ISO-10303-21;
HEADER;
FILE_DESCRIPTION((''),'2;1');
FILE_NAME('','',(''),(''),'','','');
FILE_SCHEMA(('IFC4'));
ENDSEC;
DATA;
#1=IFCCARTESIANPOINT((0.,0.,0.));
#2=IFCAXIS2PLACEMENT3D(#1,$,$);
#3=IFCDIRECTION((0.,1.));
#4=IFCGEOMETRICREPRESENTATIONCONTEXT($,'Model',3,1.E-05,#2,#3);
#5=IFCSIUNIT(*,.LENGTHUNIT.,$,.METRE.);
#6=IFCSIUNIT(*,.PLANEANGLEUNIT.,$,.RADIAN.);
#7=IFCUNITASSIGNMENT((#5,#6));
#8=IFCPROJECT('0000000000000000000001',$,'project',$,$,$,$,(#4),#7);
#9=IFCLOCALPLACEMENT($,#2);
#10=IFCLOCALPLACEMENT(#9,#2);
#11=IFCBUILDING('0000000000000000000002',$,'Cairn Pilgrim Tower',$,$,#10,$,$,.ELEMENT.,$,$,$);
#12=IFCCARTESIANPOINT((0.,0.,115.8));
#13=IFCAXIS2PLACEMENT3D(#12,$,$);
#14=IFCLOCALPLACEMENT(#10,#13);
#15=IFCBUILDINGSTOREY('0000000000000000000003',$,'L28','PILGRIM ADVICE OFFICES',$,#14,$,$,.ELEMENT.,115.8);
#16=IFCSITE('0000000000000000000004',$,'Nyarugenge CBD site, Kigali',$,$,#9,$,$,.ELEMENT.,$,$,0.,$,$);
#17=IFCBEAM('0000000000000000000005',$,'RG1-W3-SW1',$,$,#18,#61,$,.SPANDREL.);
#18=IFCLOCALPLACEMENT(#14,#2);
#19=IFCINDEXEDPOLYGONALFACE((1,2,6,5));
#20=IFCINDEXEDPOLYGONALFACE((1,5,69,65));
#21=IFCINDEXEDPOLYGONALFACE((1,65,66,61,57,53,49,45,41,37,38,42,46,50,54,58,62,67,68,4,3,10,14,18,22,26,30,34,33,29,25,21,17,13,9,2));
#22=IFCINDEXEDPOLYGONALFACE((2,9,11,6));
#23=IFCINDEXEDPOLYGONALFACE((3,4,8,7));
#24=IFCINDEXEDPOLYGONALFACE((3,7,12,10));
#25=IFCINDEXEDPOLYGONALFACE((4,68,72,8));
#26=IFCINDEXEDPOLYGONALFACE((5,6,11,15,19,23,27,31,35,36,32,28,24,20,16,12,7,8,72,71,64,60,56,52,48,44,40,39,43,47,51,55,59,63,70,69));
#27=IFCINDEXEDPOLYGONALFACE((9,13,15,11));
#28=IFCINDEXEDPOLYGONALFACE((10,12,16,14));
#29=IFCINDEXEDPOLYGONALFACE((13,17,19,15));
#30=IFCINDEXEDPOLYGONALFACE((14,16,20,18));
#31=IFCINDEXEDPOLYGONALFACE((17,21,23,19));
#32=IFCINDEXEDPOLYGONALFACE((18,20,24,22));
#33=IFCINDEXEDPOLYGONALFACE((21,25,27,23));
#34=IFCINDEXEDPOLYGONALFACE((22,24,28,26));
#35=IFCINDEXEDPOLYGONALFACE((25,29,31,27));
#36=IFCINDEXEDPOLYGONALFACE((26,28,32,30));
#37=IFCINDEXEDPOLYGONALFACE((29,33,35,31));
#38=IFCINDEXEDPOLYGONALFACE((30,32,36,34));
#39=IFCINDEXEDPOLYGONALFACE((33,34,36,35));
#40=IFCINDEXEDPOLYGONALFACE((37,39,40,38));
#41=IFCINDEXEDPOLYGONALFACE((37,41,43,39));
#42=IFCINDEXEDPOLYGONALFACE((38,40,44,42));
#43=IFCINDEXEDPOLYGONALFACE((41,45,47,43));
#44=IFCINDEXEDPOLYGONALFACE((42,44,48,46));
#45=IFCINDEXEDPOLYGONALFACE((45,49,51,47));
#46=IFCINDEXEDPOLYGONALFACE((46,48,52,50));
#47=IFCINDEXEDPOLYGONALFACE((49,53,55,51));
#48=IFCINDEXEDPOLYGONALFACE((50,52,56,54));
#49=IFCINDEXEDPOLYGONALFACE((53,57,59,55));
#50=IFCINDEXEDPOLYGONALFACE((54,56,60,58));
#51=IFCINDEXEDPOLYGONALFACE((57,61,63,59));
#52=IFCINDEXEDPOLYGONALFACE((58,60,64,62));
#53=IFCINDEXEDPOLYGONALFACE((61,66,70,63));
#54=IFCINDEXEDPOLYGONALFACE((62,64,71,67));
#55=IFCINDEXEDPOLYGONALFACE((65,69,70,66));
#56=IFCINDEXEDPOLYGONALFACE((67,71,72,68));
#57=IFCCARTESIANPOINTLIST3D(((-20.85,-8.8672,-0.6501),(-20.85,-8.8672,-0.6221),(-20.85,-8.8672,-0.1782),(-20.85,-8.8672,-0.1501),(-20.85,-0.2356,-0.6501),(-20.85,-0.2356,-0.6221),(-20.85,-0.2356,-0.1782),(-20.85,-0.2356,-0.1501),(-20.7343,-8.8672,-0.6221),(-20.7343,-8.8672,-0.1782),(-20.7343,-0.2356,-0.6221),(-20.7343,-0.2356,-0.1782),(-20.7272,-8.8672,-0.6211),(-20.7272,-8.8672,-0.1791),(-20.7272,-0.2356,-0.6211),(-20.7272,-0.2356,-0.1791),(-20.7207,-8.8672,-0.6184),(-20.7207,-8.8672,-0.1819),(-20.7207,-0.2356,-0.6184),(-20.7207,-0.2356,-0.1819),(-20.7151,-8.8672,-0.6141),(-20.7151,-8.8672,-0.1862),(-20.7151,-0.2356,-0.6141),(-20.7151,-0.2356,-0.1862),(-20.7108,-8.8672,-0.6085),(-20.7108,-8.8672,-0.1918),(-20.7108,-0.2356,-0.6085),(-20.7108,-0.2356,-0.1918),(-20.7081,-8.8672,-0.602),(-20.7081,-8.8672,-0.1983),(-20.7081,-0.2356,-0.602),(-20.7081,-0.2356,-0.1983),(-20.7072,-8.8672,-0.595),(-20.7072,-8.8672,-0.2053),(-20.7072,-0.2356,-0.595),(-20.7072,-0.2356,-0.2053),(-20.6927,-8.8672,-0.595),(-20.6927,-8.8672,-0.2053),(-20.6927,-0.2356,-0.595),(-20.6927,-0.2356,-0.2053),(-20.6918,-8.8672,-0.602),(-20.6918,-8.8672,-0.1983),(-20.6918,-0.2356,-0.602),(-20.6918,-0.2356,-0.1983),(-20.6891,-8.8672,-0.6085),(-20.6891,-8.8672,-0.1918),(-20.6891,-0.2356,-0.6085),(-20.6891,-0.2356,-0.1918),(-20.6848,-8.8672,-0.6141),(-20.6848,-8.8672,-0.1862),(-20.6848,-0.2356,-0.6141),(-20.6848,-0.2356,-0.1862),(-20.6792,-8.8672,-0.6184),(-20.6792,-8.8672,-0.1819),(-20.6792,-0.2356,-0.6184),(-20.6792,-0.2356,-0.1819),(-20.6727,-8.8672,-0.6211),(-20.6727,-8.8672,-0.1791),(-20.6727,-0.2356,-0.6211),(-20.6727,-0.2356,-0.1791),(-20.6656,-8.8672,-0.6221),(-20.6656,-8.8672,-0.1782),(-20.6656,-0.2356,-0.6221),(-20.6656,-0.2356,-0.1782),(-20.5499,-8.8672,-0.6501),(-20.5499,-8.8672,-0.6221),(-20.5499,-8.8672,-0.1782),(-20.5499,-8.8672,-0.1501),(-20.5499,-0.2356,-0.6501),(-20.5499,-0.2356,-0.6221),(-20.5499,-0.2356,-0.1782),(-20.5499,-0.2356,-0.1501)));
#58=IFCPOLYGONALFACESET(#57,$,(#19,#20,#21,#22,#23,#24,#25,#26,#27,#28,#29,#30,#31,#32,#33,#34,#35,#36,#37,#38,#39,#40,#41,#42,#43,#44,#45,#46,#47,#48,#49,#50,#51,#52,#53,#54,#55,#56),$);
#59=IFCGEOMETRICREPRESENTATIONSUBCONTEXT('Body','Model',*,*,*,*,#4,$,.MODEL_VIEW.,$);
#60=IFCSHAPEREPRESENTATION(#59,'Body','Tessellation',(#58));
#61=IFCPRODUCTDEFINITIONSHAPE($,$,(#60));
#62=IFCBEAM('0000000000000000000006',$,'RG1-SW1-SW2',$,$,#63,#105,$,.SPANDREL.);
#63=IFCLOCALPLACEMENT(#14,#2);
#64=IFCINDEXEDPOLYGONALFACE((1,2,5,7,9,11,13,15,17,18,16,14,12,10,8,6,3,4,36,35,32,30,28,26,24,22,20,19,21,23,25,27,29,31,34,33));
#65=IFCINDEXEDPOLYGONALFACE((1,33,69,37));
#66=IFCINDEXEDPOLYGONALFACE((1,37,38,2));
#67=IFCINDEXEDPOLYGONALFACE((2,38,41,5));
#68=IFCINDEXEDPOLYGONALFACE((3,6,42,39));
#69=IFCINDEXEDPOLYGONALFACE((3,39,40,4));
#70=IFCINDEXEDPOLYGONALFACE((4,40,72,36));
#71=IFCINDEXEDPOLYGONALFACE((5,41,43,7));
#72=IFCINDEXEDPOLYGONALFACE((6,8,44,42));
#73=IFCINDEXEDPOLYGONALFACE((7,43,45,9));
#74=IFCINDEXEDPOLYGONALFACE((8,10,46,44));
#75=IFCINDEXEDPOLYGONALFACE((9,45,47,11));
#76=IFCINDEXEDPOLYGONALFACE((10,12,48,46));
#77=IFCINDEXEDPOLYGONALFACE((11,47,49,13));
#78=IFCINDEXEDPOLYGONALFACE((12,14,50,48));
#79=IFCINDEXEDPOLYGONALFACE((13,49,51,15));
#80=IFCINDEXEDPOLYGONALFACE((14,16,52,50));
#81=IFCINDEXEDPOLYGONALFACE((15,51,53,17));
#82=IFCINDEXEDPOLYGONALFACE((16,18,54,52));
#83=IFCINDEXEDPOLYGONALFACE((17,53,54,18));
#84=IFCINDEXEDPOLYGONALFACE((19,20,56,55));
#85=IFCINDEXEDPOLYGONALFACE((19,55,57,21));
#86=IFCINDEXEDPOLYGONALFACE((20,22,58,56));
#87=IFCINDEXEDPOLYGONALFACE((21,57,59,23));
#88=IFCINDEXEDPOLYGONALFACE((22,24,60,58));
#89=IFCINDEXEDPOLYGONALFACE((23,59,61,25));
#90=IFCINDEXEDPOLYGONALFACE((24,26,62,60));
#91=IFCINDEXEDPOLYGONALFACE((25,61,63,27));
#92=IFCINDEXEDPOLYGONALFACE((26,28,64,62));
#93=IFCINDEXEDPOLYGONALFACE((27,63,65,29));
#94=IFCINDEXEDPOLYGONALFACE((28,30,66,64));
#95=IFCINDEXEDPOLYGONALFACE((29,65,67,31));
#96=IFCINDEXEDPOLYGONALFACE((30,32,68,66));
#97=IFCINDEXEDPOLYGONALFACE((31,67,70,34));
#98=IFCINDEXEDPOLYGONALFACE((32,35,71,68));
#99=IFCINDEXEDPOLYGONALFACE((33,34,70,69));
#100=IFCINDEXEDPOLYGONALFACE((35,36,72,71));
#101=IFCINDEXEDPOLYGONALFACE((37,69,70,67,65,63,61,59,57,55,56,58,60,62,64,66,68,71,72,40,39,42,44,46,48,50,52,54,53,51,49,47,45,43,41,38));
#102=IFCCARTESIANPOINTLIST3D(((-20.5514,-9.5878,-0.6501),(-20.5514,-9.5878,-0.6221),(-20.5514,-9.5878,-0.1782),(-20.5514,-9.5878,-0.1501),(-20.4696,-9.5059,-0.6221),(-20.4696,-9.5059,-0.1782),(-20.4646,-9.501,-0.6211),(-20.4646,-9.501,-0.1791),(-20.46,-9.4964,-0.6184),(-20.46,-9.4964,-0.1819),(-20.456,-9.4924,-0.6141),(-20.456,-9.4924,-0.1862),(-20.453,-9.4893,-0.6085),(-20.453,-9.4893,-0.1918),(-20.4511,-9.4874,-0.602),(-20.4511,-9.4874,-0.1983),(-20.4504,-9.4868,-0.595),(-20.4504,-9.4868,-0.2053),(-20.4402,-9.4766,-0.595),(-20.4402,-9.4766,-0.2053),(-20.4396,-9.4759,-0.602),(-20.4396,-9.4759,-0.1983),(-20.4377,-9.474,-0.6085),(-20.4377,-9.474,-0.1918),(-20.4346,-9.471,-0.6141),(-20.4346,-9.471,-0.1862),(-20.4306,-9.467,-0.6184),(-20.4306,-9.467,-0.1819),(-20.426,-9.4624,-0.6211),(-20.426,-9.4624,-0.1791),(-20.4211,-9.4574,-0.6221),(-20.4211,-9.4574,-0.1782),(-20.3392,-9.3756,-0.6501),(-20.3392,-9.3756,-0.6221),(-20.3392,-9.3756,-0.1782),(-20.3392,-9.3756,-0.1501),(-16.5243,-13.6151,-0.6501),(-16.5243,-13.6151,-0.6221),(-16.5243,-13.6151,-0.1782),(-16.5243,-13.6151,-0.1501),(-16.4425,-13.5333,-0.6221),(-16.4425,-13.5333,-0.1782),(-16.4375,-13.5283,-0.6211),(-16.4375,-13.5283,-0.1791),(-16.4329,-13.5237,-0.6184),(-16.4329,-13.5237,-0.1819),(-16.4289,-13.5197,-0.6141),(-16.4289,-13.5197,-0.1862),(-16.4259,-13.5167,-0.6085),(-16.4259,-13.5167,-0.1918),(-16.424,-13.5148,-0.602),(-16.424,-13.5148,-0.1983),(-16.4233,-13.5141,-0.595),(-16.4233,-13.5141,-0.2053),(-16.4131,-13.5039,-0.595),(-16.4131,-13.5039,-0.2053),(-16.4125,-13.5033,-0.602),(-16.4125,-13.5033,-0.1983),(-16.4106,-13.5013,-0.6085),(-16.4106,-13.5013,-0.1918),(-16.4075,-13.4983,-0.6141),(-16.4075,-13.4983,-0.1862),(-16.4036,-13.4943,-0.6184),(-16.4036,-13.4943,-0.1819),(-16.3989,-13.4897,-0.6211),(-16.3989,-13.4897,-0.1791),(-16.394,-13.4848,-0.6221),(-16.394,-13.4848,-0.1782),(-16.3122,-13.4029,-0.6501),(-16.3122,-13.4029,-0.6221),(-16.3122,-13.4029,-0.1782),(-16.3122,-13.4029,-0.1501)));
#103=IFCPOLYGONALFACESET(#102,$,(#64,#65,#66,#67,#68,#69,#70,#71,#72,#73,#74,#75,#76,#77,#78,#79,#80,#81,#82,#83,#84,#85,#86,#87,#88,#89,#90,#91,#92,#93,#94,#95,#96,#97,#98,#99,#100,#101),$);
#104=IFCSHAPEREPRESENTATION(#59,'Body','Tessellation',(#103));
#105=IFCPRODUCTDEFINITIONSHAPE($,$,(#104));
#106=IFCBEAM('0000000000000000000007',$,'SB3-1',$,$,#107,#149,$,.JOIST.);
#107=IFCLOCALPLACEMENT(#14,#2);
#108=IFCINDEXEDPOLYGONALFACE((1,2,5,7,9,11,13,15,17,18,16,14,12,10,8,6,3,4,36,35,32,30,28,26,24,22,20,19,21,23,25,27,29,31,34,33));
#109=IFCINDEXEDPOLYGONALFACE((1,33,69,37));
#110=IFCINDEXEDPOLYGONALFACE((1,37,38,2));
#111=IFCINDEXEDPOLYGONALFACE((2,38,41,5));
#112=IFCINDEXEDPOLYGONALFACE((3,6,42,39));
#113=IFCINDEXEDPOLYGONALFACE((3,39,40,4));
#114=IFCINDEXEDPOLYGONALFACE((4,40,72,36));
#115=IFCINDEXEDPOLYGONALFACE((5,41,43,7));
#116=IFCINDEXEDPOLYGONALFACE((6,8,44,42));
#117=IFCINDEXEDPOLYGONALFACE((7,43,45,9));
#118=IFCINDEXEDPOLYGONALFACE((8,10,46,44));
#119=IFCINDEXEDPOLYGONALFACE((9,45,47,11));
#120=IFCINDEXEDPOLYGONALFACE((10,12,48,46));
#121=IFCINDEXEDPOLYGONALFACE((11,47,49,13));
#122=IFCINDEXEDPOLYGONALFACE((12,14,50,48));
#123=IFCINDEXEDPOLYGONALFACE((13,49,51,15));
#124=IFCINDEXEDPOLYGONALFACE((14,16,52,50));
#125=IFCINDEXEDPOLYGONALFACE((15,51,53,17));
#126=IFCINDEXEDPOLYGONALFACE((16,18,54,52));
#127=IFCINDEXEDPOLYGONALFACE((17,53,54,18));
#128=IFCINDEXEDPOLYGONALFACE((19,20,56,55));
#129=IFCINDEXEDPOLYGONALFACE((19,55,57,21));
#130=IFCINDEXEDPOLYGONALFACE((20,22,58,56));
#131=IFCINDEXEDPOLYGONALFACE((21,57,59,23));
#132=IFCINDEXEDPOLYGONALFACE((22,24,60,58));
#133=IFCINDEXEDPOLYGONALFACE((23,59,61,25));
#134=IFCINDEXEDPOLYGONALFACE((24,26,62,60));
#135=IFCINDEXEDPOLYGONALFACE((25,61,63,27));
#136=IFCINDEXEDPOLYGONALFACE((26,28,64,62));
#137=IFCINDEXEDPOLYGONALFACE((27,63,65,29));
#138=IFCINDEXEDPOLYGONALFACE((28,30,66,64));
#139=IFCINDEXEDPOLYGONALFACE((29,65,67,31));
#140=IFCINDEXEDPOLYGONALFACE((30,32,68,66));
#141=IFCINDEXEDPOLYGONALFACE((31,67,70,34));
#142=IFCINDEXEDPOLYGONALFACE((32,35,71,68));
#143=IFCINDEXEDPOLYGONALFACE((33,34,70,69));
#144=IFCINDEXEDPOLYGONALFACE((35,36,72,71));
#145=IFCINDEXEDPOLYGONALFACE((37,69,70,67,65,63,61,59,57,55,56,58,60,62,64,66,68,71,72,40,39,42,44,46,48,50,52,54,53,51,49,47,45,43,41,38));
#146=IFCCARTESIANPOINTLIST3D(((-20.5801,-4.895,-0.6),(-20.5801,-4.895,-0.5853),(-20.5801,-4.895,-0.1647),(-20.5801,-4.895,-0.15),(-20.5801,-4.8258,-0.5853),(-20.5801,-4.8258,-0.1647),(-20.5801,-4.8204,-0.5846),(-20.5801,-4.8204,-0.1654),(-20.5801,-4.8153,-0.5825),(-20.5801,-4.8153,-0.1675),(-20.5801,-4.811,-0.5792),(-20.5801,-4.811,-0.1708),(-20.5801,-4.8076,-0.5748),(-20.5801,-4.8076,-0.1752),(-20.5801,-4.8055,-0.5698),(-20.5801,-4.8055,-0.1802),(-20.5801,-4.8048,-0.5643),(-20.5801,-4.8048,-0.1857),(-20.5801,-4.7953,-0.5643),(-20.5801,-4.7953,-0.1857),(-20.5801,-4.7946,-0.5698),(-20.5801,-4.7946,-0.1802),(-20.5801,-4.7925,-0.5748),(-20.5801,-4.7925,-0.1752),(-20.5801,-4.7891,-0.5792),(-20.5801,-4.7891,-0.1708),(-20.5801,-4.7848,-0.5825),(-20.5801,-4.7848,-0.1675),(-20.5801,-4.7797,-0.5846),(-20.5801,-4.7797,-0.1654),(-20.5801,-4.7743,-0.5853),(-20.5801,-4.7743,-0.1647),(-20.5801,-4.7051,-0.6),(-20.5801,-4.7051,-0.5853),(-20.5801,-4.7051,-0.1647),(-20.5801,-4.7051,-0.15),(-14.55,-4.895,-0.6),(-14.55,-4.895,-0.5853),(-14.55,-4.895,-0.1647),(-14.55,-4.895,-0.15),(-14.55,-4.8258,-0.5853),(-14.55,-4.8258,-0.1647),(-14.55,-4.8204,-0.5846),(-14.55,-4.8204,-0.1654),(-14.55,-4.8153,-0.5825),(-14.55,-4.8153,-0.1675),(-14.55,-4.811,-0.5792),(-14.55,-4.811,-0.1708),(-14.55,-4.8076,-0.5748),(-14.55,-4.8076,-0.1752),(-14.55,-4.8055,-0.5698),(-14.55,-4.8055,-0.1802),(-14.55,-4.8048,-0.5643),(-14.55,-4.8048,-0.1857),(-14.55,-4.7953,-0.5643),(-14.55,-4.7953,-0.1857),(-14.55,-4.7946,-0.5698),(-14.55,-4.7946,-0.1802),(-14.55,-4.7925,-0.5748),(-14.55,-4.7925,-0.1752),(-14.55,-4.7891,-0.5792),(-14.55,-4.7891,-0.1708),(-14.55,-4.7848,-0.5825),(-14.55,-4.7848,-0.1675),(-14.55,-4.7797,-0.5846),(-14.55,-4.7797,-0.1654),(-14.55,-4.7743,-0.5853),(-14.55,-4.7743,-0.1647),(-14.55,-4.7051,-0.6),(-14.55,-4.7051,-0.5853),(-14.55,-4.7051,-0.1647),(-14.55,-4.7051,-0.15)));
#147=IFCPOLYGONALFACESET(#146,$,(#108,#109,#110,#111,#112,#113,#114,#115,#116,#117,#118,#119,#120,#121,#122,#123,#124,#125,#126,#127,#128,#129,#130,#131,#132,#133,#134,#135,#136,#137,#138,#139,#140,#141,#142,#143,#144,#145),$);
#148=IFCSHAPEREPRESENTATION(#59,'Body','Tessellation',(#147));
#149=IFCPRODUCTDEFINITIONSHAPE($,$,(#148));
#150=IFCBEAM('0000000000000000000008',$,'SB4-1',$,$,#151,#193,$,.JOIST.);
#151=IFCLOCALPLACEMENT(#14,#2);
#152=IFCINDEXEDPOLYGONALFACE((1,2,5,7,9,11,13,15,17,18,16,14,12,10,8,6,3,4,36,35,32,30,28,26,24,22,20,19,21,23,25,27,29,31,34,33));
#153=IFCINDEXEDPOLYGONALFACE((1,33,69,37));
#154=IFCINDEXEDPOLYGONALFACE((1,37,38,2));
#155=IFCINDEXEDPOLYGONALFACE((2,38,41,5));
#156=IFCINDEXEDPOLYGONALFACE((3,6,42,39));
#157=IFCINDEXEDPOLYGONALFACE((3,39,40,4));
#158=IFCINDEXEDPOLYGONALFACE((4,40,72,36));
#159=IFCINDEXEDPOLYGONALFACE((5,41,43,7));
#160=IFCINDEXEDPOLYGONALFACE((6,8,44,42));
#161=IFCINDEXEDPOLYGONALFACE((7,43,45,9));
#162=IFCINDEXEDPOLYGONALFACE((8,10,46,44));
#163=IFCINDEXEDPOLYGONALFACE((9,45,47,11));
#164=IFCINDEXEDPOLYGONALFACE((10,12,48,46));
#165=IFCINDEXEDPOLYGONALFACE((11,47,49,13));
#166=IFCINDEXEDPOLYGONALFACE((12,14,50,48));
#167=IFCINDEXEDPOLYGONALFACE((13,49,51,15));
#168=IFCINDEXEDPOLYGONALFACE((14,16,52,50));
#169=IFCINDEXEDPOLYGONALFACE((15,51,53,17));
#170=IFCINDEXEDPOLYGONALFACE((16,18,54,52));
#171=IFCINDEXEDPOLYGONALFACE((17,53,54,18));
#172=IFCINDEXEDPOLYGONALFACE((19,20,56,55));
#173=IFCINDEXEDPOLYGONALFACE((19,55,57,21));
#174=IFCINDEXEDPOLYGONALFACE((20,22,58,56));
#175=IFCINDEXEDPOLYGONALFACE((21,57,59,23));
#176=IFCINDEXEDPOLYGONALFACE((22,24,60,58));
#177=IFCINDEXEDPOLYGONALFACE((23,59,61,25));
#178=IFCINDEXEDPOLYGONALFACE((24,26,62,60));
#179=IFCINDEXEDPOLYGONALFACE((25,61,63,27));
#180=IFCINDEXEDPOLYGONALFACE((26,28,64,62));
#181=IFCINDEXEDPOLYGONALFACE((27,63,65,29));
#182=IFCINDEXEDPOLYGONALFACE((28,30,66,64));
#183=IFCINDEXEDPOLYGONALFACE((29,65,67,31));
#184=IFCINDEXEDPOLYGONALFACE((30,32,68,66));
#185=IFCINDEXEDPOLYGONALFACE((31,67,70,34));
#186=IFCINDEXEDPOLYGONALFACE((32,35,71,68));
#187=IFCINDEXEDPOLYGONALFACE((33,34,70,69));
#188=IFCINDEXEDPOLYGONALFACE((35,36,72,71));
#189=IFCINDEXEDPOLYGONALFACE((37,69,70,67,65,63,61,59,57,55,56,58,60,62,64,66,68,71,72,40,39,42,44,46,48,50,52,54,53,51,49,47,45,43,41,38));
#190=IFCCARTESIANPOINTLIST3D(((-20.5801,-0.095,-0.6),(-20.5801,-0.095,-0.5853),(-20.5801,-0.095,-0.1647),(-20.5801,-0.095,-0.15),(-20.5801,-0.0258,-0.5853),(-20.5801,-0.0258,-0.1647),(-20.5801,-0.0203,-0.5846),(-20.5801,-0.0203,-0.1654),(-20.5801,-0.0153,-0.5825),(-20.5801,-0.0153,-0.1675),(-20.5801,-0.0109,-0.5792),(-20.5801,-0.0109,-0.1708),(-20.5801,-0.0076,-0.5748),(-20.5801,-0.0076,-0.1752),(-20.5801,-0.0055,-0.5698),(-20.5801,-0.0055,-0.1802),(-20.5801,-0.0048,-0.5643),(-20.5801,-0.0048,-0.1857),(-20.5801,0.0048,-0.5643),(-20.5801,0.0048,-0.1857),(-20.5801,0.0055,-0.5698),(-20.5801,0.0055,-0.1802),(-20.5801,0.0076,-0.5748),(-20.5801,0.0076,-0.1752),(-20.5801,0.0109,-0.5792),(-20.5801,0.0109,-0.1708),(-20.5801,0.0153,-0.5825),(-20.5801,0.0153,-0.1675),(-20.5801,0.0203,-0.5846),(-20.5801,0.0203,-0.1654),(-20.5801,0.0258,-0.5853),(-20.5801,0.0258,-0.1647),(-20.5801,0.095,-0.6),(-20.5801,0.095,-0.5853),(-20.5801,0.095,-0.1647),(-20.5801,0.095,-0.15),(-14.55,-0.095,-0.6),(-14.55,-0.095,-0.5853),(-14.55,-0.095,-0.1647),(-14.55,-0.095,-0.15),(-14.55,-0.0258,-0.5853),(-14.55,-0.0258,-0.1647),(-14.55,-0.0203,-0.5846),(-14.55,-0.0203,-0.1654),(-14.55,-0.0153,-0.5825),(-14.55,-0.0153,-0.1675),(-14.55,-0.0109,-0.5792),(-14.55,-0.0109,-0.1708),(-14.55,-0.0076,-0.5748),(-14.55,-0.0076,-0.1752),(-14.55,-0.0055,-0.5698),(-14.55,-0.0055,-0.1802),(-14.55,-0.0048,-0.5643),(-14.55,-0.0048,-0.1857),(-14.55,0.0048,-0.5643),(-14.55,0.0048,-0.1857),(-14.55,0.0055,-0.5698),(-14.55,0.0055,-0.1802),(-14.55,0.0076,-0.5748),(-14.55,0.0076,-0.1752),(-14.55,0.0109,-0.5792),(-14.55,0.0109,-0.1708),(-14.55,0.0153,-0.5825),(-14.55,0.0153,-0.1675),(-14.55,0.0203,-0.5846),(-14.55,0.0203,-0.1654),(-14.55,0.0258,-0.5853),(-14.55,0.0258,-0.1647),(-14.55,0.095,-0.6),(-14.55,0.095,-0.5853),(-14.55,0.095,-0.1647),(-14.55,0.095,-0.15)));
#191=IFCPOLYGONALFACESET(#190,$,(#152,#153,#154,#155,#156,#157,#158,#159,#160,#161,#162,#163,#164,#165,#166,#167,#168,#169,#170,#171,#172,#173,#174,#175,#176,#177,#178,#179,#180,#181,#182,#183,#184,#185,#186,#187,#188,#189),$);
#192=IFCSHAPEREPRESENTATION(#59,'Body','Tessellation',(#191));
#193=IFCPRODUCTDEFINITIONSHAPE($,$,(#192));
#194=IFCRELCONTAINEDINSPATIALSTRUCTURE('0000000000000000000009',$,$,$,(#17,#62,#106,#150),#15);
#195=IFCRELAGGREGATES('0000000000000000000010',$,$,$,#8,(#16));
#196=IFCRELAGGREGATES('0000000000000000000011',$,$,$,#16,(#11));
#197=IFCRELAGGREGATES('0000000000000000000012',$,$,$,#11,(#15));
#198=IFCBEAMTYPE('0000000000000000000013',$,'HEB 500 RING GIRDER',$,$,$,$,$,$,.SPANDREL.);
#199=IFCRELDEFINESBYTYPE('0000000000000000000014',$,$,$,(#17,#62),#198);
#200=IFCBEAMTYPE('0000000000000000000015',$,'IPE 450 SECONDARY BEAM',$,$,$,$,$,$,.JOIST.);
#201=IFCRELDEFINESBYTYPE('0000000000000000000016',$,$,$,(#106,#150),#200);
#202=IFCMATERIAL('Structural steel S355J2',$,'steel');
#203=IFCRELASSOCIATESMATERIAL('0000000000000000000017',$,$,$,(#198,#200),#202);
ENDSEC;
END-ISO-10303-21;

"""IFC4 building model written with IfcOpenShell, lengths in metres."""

from ifc_helpers import new_model, si_unit, direction, frame, origin, origin_2d, place, context, subcontext, project, spatial, i_section, extrude, material, material_profile, profile_set, type_object, element, save


model = new_model("IFC4")

# Units and contexts
model_context = context("Model", 3, precision=1e-05, world=origin(), true_north=direction((0.0, 1.0)))
body_context = subcontext(model_context, "Body", "Model", "MODEL_VIEW")
ifc_project = project(units=[si_unit("LENGTHUNIT", "METRE"), si_unit("PLANEANGLEUNIT", "RADIAN")], contexts=[model_context])

# Site, building, storey
site_placement = place(None, origin())
site = spatial("IfcSite", under=ifc_project, at=site_placement, Name="Nyarugenge CBD site, Kigali", CompositionType="ELEMENT", RefElevation=0.0)
building_placement = place(site_placement, origin())
building = spatial("IfcBuilding", under=site, at=building_placement, Name="Cairn Pilgrim Tower", CompositionType="ELEMENT")
storey_placement = place(building_placement, frame((0.0, 0.0, 115.8)))
storey = spatial("IfcBuildingStorey", under=building, at=storey_placement, Name="L28", Description="PILGRIM ADVICE OFFICES", CompositionType="ELEMENT", Elevation=115.8)

# Shared definitions
ifc_material_1 = material(Name="Structural steel S355J2", Category="steel")

# Beams
ifc_material_profile_1 = material_profile(ifc_material_1, i_section(OverallWidth=0.3, OverallDepth=0.5, WebThickness=0.0144, FlangeThickness=0.0281, FilletRadius=0.0271, at=origin_2d()), Name="HEB 500")
ifc_profile_set_1 = profile_set([ifc_material_profile_1], Name="Structural steel S355J2")
beam_type_1 = type_object("IfcBeamType", Name="HEB 500 RING GIRDER", PredefinedType="SPANDREL", material=ifc_profile_set_1)
beam_1_placement = place(storey_placement, frame((-20.7, -0.2356, -0.4001), z_axis=(0.0, -1.0, 0.0), x_axis=(1.0, 0.0, 0.0)))
element("IfcBeam", 1, at=beam_1_placement, inside=storey, type_object=beam_type_1, Name="RG1-W3-SW1", PredefinedType="SPANDREL", context=body_context, shape_type="SweptSolid", body=[
    extrude(i_section(OverallWidth=0.3, OverallDepth=0.5, WebThickness=0.0144, FlangeThickness=0.0281, FilletRadius=0.0271, at=origin_2d()), origin(), (0.0, 0.0, 1.0), 8.6316),
])
beam_2_placement = place(storey_placement, frame((-20.4453, -9.4817, -0.4001), z_axis=(0.707085, -0.707128, 0.0), x_axis=(0.707128, 0.707085, 0.0)))
element("IfcBeam", 2, at=beam_2_placement, inside=storey, type_object=beam_type_1, Name="RG1-SW1-SW2", PredefinedType="SPANDREL", context=body_context, shape_type="SweptSolid", body=[
    extrude(i_section(OverallWidth=0.3, OverallDepth=0.5, WebThickness=0.0144, FlangeThickness=0.0281, FilletRadius=0.0271, at=origin_2d()), origin(), (0.0, 0.0, 1.0), 5.6953),
])
ifc_material_profile_2 = material_profile(ifc_material_1, i_section(OverallWidth=0.1899, OverallDepth=0.45, WebThickness=0.0095, FlangeThickness=0.0146, FilletRadius=0.021, at=origin_2d()), Name="IPE 450")
ifc_profile_set_2 = profile_set([ifc_material_profile_2], Name="Structural steel S355J2")
beam_type_2 = type_object("IfcBeamType", Name="IPE 450 SECONDARY BEAM", PredefinedType="JOIST", material=ifc_profile_set_2)
for number, where, z_axis, x_axis, name in (
    (3, (-20.5801, -4.8, -0.375), (1.0, 0.0, 0.0), (0.0, 1.0, 0.0), "SB3-1"),
    (4, (-20.5801, 0.0, -0.375), (1.0, 0.0, 0.0), (0.0, 1.0, 0.0), "SB4-1"),
):
    element("IfcBeam", number, at=place(storey_placement, frame(where, z_axis=z_axis, x_axis=x_axis)), inside=storey, type_object=beam_type_2, Name=name, PredefinedType="JOIST", context=body_context, shape_type="SweptSolid", body=[
        extrude(i_section(OverallWidth=0.1899, OverallDepth=0.45, WebThickness=0.0095, FlangeThickness=0.0146, FilletRadius=0.021, at=origin_2d()), origin(), (0.0, 0.0, 1.0), 6.03),
    ])

save(model, "model.ifc")
